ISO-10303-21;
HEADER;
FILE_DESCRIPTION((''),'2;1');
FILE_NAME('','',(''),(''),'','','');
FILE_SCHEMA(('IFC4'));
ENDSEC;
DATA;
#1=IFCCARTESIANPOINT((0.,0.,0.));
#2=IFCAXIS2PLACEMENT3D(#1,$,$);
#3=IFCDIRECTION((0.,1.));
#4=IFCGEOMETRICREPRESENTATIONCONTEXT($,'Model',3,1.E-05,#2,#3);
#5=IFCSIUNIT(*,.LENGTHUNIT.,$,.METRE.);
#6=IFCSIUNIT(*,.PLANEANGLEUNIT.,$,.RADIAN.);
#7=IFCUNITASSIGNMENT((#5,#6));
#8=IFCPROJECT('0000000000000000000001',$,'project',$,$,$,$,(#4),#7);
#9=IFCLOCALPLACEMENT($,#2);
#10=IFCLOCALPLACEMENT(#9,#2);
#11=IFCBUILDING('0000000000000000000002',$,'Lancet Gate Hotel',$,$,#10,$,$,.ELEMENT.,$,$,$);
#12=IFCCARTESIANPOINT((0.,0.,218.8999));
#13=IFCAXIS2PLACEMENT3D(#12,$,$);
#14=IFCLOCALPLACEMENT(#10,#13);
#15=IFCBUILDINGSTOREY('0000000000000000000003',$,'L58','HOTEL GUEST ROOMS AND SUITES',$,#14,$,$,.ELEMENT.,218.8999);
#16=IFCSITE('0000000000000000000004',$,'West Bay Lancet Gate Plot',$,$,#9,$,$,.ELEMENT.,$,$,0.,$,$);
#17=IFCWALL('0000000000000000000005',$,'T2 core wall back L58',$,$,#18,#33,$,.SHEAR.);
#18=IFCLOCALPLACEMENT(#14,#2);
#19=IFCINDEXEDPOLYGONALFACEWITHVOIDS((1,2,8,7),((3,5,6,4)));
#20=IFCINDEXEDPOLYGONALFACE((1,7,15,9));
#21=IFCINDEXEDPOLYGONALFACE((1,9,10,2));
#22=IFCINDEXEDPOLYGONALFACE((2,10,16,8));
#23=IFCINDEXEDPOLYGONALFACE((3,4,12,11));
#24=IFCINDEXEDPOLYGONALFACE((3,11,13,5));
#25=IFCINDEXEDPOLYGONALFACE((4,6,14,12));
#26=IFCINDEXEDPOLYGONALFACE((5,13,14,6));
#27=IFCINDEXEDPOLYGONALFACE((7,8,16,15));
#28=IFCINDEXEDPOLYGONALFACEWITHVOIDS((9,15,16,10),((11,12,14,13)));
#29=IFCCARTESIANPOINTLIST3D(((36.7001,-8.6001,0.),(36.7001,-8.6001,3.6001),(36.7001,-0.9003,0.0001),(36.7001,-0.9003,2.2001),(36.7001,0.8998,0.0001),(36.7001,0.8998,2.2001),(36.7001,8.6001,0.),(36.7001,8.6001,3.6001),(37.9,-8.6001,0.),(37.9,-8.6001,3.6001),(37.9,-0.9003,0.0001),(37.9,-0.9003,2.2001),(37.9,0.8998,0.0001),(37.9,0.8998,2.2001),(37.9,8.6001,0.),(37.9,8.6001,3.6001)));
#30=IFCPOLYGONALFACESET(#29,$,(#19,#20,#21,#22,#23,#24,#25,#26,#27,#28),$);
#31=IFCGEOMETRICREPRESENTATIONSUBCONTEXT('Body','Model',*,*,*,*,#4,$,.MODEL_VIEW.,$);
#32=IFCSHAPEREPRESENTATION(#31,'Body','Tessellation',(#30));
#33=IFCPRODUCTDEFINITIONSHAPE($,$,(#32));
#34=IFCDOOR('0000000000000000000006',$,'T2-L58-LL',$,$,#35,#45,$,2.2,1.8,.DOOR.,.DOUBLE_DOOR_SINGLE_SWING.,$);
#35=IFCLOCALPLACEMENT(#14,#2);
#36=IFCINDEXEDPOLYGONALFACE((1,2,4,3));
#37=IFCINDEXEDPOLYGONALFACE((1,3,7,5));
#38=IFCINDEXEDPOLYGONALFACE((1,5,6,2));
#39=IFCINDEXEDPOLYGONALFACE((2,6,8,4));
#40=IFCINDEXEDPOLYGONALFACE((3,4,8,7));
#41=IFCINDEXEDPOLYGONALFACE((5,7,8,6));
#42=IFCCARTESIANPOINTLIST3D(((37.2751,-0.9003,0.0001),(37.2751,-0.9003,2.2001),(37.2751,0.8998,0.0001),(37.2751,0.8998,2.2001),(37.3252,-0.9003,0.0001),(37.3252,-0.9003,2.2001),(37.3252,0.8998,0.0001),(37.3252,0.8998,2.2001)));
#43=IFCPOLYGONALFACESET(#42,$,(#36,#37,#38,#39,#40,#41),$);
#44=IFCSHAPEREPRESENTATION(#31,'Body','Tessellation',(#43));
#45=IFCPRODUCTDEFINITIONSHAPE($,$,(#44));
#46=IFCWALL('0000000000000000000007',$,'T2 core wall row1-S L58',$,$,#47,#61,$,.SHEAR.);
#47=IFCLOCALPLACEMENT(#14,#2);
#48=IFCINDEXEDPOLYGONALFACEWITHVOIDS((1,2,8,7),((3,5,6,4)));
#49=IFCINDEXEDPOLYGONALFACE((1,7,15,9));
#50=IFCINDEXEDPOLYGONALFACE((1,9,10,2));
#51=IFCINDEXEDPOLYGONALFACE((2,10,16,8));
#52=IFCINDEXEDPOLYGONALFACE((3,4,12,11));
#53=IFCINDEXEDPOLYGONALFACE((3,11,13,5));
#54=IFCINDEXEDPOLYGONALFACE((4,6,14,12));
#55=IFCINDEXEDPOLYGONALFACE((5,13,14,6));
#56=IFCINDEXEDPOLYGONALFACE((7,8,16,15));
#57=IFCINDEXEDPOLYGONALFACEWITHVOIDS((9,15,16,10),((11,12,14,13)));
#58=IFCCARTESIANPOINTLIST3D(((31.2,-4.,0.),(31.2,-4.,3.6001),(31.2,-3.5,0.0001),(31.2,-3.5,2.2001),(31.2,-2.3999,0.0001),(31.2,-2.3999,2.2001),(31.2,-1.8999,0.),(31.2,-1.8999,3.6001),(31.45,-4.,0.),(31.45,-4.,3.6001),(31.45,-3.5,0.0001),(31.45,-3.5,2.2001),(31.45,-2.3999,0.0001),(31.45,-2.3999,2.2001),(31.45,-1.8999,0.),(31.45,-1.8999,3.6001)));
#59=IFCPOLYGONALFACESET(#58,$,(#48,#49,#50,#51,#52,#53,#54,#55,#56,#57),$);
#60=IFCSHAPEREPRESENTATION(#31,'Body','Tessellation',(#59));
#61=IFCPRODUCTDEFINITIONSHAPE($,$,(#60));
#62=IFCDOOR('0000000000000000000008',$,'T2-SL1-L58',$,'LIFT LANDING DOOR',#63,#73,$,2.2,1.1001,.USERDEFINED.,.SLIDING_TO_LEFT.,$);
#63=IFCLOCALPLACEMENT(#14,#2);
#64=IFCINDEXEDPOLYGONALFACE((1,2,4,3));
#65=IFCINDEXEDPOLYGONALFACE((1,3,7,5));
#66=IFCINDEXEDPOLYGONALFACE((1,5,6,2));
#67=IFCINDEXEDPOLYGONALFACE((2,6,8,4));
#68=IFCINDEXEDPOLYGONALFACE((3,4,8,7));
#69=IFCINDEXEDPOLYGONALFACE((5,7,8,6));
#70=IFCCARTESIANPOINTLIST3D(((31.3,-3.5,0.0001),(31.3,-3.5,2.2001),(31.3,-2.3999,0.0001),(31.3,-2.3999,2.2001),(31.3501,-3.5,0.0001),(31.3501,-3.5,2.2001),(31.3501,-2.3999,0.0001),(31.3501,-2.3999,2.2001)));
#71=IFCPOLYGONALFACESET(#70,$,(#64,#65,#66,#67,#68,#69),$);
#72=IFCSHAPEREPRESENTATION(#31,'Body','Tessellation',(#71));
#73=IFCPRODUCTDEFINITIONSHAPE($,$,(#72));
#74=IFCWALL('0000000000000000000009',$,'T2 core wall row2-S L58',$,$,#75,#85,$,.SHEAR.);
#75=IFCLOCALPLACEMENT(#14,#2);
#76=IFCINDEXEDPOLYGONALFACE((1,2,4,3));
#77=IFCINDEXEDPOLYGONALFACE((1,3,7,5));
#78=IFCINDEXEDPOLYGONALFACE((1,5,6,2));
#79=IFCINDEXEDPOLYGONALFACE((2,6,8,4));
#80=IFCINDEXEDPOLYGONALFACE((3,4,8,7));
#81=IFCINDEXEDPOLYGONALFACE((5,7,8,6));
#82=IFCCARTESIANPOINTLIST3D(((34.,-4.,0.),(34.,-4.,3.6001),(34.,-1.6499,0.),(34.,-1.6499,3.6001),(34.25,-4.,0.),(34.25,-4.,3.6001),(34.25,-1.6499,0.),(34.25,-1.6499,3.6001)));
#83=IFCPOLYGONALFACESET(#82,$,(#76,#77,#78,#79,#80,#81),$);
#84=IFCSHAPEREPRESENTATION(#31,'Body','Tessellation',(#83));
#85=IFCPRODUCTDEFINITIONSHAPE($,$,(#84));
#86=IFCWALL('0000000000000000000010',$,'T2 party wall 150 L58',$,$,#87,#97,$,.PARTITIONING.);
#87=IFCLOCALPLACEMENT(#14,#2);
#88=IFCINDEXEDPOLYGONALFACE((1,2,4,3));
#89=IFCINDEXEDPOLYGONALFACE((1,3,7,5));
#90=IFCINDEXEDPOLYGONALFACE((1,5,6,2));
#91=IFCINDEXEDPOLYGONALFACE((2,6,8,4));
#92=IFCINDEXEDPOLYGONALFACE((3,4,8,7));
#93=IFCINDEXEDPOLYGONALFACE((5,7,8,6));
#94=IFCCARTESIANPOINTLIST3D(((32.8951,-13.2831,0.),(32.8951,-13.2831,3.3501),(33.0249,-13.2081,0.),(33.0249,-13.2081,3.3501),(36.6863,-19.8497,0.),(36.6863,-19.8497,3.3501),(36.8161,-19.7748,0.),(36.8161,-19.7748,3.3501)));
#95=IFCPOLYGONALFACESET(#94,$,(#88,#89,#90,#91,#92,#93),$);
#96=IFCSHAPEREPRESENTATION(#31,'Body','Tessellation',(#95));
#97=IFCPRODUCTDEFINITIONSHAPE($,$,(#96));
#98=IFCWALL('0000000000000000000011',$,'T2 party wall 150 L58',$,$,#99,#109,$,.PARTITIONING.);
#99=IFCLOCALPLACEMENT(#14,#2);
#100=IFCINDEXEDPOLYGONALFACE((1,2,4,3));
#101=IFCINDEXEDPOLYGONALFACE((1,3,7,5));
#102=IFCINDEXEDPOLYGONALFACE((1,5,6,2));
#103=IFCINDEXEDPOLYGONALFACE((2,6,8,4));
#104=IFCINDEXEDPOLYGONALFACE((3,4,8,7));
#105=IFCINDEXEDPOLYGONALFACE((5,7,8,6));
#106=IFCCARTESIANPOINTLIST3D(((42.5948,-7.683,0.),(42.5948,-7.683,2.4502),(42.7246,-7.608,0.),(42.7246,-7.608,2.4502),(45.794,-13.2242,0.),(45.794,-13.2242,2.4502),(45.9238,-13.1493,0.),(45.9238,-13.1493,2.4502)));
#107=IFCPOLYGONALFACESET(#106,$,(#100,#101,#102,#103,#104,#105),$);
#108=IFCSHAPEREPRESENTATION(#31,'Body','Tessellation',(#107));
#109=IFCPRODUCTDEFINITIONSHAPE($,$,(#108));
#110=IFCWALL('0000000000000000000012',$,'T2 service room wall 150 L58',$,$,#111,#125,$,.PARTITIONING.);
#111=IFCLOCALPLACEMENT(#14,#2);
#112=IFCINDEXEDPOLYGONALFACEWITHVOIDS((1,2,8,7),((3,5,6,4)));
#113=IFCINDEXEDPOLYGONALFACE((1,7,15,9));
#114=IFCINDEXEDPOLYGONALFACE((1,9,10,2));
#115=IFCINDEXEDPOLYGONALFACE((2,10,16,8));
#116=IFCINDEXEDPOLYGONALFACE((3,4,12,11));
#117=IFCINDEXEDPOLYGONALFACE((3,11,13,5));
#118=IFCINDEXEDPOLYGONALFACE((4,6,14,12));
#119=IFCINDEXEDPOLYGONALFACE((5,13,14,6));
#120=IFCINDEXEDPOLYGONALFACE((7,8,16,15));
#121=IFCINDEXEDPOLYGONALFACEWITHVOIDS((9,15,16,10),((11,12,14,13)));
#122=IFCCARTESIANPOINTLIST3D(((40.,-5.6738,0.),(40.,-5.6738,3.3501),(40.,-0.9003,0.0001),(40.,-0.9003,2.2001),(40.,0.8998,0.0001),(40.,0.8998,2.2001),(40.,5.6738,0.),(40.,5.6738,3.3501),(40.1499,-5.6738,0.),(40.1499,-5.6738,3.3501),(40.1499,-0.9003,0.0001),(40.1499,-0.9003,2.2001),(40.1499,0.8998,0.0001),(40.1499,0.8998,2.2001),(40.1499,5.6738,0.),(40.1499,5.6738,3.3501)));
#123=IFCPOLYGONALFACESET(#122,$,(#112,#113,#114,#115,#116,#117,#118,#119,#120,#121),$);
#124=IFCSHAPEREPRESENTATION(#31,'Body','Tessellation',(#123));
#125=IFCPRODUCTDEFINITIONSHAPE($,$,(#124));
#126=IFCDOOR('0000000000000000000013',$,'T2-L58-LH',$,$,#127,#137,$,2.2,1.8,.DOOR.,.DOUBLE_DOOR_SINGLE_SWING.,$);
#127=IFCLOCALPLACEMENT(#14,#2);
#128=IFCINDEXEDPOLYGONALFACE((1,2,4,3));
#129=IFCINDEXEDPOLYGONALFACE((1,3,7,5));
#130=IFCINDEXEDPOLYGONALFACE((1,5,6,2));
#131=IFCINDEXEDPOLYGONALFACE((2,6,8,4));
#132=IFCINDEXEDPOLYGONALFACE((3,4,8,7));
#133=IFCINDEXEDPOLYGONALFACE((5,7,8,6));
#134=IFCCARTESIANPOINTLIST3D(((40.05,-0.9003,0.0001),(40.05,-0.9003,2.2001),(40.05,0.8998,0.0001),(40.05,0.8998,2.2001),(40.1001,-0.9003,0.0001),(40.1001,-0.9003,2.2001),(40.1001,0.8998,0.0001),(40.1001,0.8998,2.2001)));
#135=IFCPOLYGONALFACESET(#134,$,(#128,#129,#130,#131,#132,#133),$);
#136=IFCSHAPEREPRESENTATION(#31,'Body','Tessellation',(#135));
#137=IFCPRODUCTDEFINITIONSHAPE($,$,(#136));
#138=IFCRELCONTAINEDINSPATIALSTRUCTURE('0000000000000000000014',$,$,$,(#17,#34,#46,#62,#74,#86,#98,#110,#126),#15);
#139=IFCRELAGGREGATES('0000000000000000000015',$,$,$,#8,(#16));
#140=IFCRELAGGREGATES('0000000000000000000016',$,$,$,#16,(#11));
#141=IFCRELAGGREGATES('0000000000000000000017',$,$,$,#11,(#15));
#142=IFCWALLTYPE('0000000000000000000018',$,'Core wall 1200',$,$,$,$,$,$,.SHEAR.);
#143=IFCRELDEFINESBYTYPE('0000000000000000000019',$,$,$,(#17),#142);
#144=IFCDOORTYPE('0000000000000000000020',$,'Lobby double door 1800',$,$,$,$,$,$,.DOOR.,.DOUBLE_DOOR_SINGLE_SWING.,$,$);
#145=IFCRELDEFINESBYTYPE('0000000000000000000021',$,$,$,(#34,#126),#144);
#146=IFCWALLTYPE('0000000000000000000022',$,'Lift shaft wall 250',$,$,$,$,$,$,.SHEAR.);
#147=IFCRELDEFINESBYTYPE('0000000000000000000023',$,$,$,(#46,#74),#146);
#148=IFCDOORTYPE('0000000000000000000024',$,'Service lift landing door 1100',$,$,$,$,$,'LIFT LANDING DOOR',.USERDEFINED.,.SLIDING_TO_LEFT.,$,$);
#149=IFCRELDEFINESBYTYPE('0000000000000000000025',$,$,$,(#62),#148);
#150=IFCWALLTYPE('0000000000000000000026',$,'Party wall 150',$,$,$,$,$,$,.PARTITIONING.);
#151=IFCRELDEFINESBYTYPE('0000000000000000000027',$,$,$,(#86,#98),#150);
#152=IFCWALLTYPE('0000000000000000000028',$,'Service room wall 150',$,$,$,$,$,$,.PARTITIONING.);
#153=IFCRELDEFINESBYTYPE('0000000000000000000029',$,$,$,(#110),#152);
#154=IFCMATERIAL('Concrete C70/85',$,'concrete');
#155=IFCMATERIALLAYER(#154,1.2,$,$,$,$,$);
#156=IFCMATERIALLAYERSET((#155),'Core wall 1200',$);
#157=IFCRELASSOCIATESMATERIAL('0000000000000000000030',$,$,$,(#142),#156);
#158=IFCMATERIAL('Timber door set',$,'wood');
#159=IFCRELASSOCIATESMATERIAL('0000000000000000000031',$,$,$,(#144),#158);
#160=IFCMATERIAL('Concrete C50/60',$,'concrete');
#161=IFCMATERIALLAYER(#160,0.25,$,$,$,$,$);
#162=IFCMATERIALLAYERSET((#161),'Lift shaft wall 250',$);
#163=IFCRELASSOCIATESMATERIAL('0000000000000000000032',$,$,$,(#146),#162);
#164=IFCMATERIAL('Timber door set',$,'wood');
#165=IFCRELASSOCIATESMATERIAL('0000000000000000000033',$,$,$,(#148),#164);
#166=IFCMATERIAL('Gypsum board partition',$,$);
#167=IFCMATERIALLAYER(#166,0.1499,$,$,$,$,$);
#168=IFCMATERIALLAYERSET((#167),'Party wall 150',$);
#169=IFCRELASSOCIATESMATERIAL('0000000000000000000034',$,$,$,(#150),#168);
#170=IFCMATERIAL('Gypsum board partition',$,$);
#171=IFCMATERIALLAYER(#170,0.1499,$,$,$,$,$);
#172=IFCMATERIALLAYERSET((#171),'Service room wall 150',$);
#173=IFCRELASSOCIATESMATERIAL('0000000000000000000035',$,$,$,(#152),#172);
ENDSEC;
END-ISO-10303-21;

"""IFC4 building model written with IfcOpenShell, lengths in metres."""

from ifc_helpers import new_model, si_unit, direction, frame, frame_2d, origin, place, context, subcontext, project, spatial, rectangle, extrude, material, layer, layer_set, type_object, element, fill, save


model = new_model("IFC4")

# Units and contexts
model_context = context("Model", 3, precision=1e-05, world=origin(), true_north=direction((0.0, 1.0)))
body_context = subcontext(model_context, "Body", "Model", "MODEL_VIEW")
ifc_project = project(units=[si_unit("LENGTHUNIT", "METRE"), si_unit("PLANEANGLEUNIT", "RADIAN")], contexts=[model_context])

# Site, building, storey
site_placement = place(None, origin())
site = spatial("IfcSite", under=ifc_project, at=site_placement, Name="West Bay Lancet Gate Plot", CompositionType="ELEMENT", RefElevation=0.0)
building_placement = place(site_placement, origin())
building = spatial("IfcBuilding", under=site, at=building_placement, Name="Lancet Gate Hotel", CompositionType="ELEMENT")
storey_placement = place(building_placement, frame((0.0, 0.0, 218.8999)))
storey = spatial("IfcBuildingStorey", under=building, at=storey_placement, Name="L58", Description="HOTEL GUEST ROOMS AND SUITES", CompositionType="ELEMENT", Elevation=218.8999)

# Walls, openings, doors
ifc_material_1 = material(Name="Concrete C70/85", Category="concrete")
ifc_layer_1 = layer(ifc_material_1, 1.2)
ifc_layer_set_1 = layer_set([ifc_layer_1], Name="Core wall 1200")
wall_type_1 = type_object("IfcWallType", Name="Core wall 1200", PredefinedType="SHEAR", material=ifc_layer_set_1)
wall_1_placement = place(storey_placement, frame((37.3, -8.6001, 0.0), z_axis=(0.0, 0.0, 1.0), x_axis=(0.0, 1.0, 0.0)))
wall_1 = element("IfcWall", 1, at=wall_1_placement, inside=storey, type_object=wall_type_1, Name="T2 core wall back L58", PredefinedType="SHEAR", context=body_context, shape_type="SweptSolid", body=[
    extrude(rectangle(XDim=17.2002, YDim=1.2, at=frame_2d((8.6001, 0.0))), origin(), (0.0, 0.0, 1.0), 3.6001),
])
opening_1_placement = place(wall_1_placement, frame((7.7, 0.0, 0.0)))
opening_1 = element("IfcOpeningElement", 2, at=opening_1_placement, cuts=wall_1, PredefinedType="OPENING", context=body_context, shape_type="SweptSolid", body=[
    extrude(rectangle(XDim=1.8, YDim=2.2, at=frame_2d((0.8999, 1.1001))), frame((0.0, 0.6099, 0.0), z_axis=(0.0, -1.0, 0.0), x_axis=(1.0, 0.0, 0.0)), (0.0, 0.0, 1.0), 1.22),
])
ifc_material_2 = material(Name="Timber door set", Category="wood")
door_type_1 = type_object("IfcDoorType", Name="Lobby double door 1800", OperationType="DOUBLE_DOOR_SINGLE_SWING", PredefinedType="DOOR", material=ifc_material_2)
door_1_placement = place(opening_1_placement, origin())
door_1 = element("IfcDoor", 3, at=door_1_placement, inside=storey, type_object=door_type_1, Name="T2-L58-LL", OperationType="DOUBLE_DOOR_SINGLE_SWING", OverallHeight=2.2, OverallWidth=1.8, PredefinedType="DOOR", context=body_context, shape_type="SweptSolid", body=[
    extrude(rectangle(XDim=1.8, YDim=2.2, at=frame_2d((0.8999, 1.1001))), frame((0.0, 0.0249, 0.0), z_axis=(0.0, -1.0, 0.0), x_axis=(1.0, 0.0, 0.0)), (0.0, 0.0, 1.0), 0.05),
])
fill(opening_1, door_1)
ifc_material_3 = material(Name="Concrete C50/60", Category="concrete")
ifc_layer_2 = layer(ifc_material_3, 0.25)
ifc_layer_set_2 = layer_set([ifc_layer_2], Name="Lift shaft wall 250")
wall_type_2 = type_object("IfcWallType", Name="Lift shaft wall 250", PredefinedType="SHEAR", material=ifc_layer_set_2)
wall_2_placement = place(storey_placement, frame((31.325, -4.0, 0.0), z_axis=(0.0, 0.0, 1.0), x_axis=(0.0, 1.0, 0.0)))
wall_2 = element("IfcWall", 4, at=wall_2_placement, inside=storey, type_object=wall_type_2, Name="T2 core wall row1-S L58", PredefinedType="SHEAR", context=body_context, shape_type="SweptSolid", body=[
    extrude(rectangle(XDim=2.1001, YDim=0.25, at=frame_2d((1.05, 0.0))), origin(), (0.0, 0.0, 1.0), 3.6001),
])
opening_2_placement = place(wall_2_placement, frame((0.5, 0.0, 0.0)))
opening_2 = element("IfcOpeningElement", 5, at=opening_2_placement, cuts=wall_2, PredefinedType="OPENING", context=body_context, shape_type="SweptSolid", body=[
    extrude(rectangle(XDim=1.1001, YDim=2.2, at=frame_2d((0.55, 1.1001))), frame((0.0, 0.135, 0.0), z_axis=(0.0, -1.0, 0.0), x_axis=(1.0, 0.0, 0.0)), (0.0, 0.0, 1.0), 0.27),
])
ifc_material_4 = material(Name="Timber door set", Category="wood")
door_type_2 = type_object("IfcDoorType", Name="Service lift landing door 1100", ElementType="LIFT LANDING DOOR", OperationType="SLIDING_TO_LEFT", PredefinedType="USERDEFINED", material=ifc_material_4)
door_2_placement = place(opening_2_placement, origin())
door_2 = element("IfcDoor", 6, at=door_2_placement, inside=storey, type_object=door_type_2, Name="T2-SL1-L58", ObjectType="LIFT LANDING DOOR", OperationType="SLIDING_TO_LEFT", OverallHeight=2.2, OverallWidth=1.1001, PredefinedType="USERDEFINED", context=body_context, shape_type="SweptSolid", body=[
    extrude(rectangle(XDim=1.1001, YDim=2.2, at=frame_2d((0.55, 1.1001))), frame((0.0, 0.0249, 0.0), z_axis=(0.0, -1.0, 0.0), x_axis=(1.0, 0.0, 0.0)), (0.0, 0.0, 1.0), 0.05),
])
fill(opening_2, door_2)

# Walls
wall_3_placement = place(storey_placement, frame((34.125, -4.0, 0.0), z_axis=(0.0, 0.0, 1.0), x_axis=(0.0, 1.0, 0.0)))
element("IfcWall", 7, at=wall_3_placement, inside=storey, type_object=wall_type_2, Name="T2 core wall row2-S L58", PredefinedType="SHEAR", context=body_context, shape_type="SweptSolid", body=[
    extrude(rectangle(XDim=2.3501, YDim=0.25, at=frame_2d((1.175, 0.0))), origin(), (0.0, 0.0, 1.0), 3.6001),
])
ifc_material_5 = material(Name="Gypsum board partition")
ifc_layer_3 = layer(ifc_material_5, 0.1499)
ifc_layer_set_3 = layer_set([ifc_layer_3], Name="Party wall 150")
wall_type_3 = type_object("IfcWallType", Name="Party wall 150", PredefinedType="PARTITIONING", material=ifc_layer_set_3)
wall_4_placement = place(storey_placement, frame((32.96, -13.2456, 0.0), z_axis=(0.0, 0.0, 1.0), x_axis=(0.5, -0.866025, 0.0)))
element("IfcWall", 8, at=wall_4_placement, inside=storey, type_object=wall_type_3, Name="T2 party wall 150 L58", PredefinedType="PARTITIONING", context=body_context, shape_type="SweptSolid", body=[
    extrude(rectangle(XDim=7.5825, YDim=0.1499, at=frame_2d((3.7913, 0.0))), origin(), (0.0, 0.0, 1.0), 3.3501),
])
wall_5_placement = place(storey_placement, frame((42.6597, -7.6455, 0.0), z_axis=(0.0, 0.0, 1.0), x_axis=(0.499997, -0.866027, 0.0)))
element("IfcWall", 9, at=wall_5_placement, inside=storey, type_object=wall_type_3, Name="T2 party wall 150 L58", PredefinedType="PARTITIONING", context=body_context, shape_type="SweptSolid", body=[
    extrude(rectangle(XDim=6.3984, YDim=0.1499, at=frame_2d((3.1992, 0.0))), origin(), (0.0, 0.0, 1.0), 2.4502),
])

# Wall, opening, door
ifc_material_6 = material(Name="Gypsum board partition")
ifc_layer_4 = layer(ifc_material_6, 0.1499)
ifc_layer_set_4 = layer_set([ifc_layer_4], Name="Service room wall 150")
wall_type_4 = type_object("IfcWallType", Name="Service room wall 150", PredefinedType="PARTITIONING", material=ifc_layer_set_4)
wall_6_placement = place(storey_placement, frame((40.075, -5.6738, 0.0), z_axis=(0.0, 0.0, 1.0), x_axis=(0.0, 1.0, 0.0)))
wall_6 = element("IfcWall", 10, at=wall_6_placement, inside=storey, type_object=wall_type_4, Name="T2 service room wall 150 L58", PredefinedType="PARTITIONING", context=body_context, shape_type="SweptSolid", body=[
    extrude(rectangle(XDim=11.3477, YDim=0.1499, at=frame_2d((5.6738, 0.0))), origin(), (0.0, 0.0, 1.0), 3.3501),
])
opening_3_placement = place(wall_6_placement, frame((4.7737, 0.0, 0.0)))
opening_3 = element("IfcOpeningElement", 11, at=opening_3_placement, cuts=wall_6, PredefinedType="OPENING", context=body_context, shape_type="SweptSolid", body=[
    extrude(rectangle(XDim=1.8, YDim=2.2, at=frame_2d((0.8999, 1.1001))), frame((0.0, 0.085, 0.0), z_axis=(0.0, -1.0, 0.0), x_axis=(1.0, 0.0, 0.0)), (0.0, 0.0, 1.0), 0.1699),
])
door_3_placement = place(opening_3_placement, origin())
door_3 = element("IfcDoor", 12, at=door_3_placement, inside=storey, type_object=door_type_1, Name="T2-L58-LH", OperationType="DOUBLE_DOOR_SINGLE_SWING", OverallHeight=2.2, OverallWidth=1.8, PredefinedType="DOOR", context=body_context, shape_type="SweptSolid", body=[
    extrude(rectangle(XDim=1.8, YDim=2.2, at=frame_2d((0.8999, 1.1001))), frame((0.0, 0.0249, 0.0), z_axis=(0.0, -1.0, 0.0), x_axis=(1.0, 0.0, 0.0)), (0.0, 0.0, 1.0), 0.05),
])
fill(opening_3, door_3)

save(model, "model.ifc")
